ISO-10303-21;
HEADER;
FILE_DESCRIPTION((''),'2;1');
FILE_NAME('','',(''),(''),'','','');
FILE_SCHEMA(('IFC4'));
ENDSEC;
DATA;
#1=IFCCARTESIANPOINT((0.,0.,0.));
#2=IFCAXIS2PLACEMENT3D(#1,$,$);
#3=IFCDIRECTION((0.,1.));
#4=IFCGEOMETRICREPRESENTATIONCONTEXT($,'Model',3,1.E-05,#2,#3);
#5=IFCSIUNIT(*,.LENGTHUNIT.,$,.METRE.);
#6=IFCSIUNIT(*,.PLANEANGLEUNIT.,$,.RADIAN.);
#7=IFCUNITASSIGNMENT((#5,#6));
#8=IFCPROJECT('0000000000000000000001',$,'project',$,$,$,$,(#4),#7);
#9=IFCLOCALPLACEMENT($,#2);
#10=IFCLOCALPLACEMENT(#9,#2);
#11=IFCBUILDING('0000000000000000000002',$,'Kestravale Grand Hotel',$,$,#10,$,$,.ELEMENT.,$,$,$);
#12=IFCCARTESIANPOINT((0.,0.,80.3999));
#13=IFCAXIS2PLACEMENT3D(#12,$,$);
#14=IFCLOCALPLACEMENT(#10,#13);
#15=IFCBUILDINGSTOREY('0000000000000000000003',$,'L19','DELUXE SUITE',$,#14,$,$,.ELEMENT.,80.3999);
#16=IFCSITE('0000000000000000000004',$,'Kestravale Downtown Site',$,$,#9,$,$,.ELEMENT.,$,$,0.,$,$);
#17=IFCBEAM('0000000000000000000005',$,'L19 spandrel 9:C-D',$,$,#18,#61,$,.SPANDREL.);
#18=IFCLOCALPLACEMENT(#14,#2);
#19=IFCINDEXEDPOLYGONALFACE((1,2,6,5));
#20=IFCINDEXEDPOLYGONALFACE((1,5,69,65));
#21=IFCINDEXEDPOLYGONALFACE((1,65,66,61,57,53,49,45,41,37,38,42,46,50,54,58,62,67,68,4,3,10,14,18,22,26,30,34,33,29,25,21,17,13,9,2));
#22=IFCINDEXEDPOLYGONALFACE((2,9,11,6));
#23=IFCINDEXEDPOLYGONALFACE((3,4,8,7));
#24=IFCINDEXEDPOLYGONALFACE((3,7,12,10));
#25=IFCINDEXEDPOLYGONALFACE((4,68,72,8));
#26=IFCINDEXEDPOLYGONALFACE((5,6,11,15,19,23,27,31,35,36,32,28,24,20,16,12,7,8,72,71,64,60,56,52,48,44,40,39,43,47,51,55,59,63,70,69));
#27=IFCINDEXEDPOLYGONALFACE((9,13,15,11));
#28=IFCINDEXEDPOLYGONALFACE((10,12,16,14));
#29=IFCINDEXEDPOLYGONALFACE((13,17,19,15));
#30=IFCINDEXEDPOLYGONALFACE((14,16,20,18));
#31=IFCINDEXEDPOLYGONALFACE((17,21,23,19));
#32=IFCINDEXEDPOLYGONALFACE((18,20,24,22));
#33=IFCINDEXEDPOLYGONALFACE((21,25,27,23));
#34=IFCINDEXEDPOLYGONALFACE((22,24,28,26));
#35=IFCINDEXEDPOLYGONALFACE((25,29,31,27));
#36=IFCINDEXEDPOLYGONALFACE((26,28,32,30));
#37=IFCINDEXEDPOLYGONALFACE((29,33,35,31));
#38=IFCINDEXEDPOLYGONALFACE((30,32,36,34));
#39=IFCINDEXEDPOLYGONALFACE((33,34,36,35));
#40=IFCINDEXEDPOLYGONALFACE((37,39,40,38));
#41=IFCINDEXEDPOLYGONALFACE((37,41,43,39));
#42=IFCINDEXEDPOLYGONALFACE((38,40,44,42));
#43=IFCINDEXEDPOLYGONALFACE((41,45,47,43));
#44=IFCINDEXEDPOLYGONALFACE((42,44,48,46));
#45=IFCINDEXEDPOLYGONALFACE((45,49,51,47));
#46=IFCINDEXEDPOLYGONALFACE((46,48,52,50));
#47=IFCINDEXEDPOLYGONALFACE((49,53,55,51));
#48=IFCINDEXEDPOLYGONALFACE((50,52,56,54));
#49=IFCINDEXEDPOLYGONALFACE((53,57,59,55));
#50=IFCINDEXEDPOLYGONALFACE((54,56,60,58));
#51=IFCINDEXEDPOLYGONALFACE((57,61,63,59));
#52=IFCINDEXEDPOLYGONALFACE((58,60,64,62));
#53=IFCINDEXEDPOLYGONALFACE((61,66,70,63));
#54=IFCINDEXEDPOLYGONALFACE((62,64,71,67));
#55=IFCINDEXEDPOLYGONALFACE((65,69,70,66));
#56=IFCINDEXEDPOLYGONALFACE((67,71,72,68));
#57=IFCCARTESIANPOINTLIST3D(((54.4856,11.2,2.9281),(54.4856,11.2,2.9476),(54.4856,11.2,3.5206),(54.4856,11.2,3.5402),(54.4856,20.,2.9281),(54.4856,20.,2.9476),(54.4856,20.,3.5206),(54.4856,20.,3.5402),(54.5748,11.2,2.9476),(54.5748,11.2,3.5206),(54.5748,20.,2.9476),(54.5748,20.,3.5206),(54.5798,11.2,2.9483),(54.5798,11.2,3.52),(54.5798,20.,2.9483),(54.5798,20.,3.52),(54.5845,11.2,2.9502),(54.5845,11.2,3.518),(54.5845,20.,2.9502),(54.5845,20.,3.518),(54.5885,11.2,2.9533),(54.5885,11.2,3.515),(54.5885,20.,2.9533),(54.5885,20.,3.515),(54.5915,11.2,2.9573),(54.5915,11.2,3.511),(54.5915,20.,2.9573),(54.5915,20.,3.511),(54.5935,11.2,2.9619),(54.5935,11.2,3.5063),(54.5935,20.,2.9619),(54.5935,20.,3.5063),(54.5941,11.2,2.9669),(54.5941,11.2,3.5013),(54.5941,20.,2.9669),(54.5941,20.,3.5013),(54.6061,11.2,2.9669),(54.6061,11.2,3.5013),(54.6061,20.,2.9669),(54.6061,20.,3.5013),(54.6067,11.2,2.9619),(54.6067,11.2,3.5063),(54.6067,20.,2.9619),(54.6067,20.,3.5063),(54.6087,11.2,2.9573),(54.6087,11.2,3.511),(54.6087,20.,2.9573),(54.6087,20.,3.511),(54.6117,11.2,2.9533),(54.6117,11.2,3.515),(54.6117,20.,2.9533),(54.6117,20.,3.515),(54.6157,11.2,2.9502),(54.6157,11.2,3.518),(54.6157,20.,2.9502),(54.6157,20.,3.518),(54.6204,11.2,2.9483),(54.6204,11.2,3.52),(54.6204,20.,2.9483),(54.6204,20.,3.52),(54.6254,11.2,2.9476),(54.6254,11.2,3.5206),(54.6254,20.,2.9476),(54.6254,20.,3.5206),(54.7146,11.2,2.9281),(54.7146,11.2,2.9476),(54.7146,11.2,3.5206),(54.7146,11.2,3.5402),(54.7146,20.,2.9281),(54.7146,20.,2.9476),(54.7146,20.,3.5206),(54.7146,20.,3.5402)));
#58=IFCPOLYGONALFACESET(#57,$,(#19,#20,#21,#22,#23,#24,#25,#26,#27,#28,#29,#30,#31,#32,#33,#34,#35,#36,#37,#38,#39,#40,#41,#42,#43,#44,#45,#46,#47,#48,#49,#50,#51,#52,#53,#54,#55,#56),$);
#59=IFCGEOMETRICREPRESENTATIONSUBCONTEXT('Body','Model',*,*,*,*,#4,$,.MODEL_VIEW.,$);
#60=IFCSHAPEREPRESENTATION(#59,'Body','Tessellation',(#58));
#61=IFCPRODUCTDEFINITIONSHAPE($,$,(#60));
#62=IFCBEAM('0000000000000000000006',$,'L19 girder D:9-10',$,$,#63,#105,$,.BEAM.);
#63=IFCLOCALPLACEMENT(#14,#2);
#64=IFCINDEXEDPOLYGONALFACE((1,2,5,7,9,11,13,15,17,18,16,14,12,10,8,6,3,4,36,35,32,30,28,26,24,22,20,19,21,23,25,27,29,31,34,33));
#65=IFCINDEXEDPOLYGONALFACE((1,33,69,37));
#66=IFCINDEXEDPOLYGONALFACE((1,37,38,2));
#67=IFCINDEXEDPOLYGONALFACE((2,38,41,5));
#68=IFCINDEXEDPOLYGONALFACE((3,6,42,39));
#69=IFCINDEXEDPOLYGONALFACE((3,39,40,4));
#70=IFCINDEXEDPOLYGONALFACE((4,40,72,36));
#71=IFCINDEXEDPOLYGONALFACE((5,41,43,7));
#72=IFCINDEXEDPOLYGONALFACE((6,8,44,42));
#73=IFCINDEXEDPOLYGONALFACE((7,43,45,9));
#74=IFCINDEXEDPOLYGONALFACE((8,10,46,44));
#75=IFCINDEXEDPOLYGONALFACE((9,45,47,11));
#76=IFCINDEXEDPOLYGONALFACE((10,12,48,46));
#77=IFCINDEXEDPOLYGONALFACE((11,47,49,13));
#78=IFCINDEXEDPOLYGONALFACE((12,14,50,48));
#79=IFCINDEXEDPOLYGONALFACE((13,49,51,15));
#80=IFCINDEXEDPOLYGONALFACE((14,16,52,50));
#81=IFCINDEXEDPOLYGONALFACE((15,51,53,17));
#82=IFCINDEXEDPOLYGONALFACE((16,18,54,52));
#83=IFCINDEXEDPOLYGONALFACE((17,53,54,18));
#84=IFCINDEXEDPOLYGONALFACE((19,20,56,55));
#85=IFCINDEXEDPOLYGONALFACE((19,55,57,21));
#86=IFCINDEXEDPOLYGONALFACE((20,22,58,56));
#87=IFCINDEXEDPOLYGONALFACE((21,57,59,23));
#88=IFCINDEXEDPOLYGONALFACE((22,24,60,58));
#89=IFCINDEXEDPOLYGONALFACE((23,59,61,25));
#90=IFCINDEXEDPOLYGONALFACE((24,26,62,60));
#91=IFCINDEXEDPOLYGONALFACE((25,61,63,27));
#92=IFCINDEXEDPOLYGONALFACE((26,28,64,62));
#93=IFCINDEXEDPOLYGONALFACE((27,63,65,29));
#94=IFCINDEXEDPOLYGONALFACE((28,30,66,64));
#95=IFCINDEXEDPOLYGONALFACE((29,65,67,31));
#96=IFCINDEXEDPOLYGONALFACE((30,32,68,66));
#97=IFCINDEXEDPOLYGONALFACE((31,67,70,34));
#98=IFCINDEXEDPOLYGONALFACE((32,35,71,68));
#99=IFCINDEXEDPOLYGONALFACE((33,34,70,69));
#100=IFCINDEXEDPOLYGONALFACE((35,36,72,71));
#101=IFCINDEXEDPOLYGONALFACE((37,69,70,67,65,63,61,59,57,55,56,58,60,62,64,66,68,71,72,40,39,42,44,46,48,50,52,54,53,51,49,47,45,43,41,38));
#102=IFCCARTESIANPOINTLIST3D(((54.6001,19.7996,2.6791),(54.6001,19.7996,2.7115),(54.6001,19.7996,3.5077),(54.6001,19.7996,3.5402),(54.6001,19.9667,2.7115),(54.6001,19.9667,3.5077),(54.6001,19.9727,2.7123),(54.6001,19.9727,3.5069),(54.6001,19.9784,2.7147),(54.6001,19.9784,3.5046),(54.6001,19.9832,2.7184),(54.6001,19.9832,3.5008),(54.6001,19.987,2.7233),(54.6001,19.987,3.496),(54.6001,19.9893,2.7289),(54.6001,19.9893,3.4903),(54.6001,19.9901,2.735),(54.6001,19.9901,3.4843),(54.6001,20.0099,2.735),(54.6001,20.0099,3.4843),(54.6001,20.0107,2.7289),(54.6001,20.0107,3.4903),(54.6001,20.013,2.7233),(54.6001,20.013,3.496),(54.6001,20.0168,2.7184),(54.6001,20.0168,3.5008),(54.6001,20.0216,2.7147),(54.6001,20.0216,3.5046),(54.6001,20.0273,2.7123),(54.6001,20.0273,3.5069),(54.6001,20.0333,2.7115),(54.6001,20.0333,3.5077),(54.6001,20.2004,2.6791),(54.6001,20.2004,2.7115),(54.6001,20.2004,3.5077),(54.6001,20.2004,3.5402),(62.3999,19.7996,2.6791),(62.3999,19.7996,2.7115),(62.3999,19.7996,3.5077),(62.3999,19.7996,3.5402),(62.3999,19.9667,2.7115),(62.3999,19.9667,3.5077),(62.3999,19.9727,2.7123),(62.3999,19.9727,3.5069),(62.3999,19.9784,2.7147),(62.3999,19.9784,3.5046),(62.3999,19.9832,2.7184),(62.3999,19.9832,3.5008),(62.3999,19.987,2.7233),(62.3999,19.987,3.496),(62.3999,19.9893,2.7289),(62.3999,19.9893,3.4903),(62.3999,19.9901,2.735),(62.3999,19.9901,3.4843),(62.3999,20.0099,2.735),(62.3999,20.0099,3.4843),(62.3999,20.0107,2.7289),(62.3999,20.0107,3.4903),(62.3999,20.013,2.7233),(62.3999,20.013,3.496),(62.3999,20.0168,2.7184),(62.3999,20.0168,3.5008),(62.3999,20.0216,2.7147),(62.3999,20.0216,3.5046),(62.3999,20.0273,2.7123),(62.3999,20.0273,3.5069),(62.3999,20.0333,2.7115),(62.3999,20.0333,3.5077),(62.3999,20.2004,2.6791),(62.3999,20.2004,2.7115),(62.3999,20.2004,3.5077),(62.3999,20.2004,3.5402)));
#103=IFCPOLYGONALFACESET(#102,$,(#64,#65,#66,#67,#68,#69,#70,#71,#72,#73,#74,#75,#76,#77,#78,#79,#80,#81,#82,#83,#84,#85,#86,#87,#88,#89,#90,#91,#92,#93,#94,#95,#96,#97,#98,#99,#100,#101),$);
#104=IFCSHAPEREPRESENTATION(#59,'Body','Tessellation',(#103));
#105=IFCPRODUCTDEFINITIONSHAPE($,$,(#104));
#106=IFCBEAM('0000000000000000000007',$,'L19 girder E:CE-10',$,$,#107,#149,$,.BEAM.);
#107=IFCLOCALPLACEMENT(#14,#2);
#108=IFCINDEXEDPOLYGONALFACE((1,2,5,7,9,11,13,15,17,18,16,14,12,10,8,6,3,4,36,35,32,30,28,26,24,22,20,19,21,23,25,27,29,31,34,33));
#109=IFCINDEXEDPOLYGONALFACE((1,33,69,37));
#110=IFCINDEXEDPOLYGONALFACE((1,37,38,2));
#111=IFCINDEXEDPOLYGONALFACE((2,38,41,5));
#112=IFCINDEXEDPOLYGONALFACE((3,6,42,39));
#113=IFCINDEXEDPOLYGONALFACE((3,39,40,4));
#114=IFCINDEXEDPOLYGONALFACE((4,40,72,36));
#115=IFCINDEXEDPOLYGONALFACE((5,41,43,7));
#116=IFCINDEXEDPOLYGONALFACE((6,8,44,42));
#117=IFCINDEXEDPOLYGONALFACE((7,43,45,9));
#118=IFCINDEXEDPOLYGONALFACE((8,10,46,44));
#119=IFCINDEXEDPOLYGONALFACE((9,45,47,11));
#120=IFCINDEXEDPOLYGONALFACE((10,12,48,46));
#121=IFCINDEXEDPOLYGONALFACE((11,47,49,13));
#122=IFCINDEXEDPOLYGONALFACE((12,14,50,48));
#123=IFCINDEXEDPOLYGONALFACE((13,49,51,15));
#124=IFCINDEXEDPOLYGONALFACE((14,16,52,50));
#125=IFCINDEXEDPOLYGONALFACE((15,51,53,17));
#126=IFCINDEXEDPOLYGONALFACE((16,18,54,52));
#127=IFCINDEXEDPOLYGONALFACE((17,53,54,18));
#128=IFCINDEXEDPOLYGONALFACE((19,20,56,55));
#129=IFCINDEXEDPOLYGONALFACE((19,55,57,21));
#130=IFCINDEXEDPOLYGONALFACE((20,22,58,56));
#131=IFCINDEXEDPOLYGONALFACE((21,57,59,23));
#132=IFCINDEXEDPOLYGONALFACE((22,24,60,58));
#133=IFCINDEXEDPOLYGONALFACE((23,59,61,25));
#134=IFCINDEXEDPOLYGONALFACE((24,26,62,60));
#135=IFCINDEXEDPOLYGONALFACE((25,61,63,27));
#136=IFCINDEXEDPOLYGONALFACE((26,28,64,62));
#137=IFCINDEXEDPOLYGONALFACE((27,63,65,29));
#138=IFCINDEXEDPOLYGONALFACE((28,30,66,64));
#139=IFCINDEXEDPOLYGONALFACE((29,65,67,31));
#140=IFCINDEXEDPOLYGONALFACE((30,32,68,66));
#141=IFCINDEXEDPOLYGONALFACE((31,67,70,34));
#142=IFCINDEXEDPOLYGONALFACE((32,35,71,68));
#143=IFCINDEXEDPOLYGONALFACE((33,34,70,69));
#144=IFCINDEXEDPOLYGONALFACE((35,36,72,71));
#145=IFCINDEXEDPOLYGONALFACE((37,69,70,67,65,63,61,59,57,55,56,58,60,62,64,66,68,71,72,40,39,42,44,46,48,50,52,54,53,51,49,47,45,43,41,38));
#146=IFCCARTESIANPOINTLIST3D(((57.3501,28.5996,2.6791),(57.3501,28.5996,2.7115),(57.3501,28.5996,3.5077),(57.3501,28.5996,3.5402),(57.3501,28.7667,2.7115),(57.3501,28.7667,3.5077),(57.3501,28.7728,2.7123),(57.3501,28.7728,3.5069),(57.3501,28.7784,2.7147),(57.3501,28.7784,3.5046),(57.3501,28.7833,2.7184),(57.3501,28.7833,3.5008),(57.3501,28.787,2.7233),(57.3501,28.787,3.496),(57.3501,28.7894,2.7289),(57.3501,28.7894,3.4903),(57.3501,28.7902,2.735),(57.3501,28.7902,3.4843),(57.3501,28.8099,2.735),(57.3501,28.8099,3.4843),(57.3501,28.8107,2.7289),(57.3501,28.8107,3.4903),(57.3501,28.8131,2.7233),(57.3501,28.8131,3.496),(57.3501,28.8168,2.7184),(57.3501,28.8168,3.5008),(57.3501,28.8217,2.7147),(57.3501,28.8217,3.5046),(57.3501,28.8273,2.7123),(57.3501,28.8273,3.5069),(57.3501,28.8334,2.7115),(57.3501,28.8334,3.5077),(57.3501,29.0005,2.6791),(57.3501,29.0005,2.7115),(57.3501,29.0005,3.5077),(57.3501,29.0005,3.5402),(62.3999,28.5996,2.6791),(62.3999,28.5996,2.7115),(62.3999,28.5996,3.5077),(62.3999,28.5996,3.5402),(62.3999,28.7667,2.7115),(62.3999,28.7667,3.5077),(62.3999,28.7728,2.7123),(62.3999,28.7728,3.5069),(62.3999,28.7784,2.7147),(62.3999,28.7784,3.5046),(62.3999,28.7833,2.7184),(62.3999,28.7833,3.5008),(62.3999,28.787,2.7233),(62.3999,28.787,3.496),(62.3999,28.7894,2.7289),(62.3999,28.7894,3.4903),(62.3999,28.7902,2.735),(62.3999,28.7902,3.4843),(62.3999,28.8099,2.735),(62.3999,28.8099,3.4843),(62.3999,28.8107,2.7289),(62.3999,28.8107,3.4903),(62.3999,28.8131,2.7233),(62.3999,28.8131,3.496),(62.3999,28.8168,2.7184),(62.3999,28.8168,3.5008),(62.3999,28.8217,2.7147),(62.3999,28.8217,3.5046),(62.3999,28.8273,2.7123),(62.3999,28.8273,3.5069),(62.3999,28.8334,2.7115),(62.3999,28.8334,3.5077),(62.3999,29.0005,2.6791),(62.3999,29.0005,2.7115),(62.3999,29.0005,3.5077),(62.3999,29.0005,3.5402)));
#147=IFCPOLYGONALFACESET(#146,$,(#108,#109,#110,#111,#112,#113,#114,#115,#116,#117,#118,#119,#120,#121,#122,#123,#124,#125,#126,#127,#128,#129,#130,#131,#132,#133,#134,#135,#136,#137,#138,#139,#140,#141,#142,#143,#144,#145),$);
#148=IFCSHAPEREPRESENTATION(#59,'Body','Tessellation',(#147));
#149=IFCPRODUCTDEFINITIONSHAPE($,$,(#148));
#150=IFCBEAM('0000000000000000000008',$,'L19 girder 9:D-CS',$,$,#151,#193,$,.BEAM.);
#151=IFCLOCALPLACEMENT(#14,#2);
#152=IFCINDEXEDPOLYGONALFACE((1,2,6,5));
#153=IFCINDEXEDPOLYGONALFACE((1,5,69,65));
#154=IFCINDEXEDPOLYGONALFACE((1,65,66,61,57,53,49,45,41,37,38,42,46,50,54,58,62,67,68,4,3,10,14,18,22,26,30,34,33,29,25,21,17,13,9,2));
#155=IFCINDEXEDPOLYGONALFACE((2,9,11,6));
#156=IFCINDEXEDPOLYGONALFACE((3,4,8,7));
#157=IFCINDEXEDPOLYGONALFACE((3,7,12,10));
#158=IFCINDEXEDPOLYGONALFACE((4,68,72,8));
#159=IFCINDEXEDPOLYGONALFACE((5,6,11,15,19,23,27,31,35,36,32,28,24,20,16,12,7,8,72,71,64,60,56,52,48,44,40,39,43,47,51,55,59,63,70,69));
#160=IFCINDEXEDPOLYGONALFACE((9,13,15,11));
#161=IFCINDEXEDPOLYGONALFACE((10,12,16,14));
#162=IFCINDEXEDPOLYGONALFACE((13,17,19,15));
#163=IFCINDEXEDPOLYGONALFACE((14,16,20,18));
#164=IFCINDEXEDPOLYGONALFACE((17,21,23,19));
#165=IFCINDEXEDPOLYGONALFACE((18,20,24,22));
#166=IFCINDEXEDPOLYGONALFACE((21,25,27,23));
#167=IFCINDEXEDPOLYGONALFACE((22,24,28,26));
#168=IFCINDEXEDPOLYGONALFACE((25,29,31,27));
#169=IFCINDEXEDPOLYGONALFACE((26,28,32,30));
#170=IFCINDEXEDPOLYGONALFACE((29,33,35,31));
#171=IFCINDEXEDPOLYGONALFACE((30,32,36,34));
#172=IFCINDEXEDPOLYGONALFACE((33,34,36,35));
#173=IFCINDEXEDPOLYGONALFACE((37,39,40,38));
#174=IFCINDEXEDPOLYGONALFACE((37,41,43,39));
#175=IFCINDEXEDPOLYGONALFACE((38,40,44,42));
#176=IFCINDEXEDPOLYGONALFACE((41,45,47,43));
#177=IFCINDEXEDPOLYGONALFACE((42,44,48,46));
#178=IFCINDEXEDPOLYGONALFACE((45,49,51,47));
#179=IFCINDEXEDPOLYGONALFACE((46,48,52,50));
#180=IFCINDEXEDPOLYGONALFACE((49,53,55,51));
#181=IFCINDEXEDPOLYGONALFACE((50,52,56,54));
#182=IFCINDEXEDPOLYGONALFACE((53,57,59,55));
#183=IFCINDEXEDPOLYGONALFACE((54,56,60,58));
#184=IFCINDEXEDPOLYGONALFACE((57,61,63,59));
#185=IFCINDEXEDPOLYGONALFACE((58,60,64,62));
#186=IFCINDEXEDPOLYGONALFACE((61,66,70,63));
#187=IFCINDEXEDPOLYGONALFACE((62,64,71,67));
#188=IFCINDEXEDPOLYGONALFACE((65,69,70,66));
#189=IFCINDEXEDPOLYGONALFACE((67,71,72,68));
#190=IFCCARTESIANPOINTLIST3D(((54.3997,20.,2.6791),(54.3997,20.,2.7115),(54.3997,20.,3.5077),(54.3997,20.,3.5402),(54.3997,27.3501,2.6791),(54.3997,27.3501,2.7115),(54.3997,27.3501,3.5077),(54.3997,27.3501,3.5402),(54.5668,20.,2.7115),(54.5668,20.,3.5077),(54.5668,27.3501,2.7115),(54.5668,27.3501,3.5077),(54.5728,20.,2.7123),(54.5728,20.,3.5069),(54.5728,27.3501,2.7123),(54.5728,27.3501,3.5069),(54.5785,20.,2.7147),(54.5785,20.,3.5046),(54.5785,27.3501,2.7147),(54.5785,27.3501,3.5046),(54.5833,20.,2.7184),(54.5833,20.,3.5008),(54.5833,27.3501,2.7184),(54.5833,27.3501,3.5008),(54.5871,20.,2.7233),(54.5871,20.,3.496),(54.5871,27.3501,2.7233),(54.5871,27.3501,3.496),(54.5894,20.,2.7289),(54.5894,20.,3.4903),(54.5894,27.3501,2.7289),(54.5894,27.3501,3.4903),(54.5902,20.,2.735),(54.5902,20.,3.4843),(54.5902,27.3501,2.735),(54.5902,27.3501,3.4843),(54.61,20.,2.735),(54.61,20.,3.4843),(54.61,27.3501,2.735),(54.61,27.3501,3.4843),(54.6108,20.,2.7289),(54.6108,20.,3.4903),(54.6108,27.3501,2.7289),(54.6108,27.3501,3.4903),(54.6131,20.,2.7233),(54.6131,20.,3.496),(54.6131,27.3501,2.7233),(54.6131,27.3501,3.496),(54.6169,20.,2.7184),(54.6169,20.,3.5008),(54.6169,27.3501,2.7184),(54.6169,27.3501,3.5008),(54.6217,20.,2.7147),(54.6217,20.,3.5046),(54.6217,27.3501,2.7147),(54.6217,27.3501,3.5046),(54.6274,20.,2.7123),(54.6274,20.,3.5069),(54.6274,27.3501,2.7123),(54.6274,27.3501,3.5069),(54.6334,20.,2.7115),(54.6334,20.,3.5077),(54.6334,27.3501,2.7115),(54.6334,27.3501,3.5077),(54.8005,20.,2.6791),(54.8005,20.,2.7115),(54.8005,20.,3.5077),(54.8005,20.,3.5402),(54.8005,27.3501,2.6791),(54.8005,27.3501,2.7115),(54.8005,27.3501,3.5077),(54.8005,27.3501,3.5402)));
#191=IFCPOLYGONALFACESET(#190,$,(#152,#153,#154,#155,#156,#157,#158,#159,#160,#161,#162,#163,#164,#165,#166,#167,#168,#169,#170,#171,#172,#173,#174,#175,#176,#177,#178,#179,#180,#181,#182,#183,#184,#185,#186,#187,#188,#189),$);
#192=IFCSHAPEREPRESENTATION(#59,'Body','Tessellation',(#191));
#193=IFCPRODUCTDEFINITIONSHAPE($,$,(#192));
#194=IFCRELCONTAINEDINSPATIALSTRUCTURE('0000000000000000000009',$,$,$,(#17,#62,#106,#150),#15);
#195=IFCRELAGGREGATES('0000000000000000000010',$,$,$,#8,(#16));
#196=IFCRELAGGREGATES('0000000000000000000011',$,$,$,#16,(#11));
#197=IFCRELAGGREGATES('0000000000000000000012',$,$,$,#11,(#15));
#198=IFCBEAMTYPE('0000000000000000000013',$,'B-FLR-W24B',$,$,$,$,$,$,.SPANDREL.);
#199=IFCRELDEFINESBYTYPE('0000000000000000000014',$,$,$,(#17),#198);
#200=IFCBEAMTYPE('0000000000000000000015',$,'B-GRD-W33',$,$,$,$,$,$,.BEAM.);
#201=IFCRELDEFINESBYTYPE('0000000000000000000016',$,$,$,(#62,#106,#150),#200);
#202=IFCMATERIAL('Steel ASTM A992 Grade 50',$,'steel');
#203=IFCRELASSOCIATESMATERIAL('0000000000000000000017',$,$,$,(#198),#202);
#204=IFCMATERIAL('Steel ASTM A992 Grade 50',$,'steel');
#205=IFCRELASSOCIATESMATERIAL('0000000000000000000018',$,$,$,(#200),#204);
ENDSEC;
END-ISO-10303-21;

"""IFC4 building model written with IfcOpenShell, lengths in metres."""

from ifc_helpers import new_model, si_unit, direction, frame, origin, origin_2d, place, context, subcontext, project, spatial, i_section, extrude, material, material_profile, profile_set, type_object, element, save


model = new_model("IFC4")

# Units and contexts
model_context = context("Model", 3, precision=1e-05, world=origin(), true_north=direction((0.0, 1.0)))
body_context = subcontext(model_context, "Body", "Model", "MODEL_VIEW")
ifc_project = project(units=[si_unit("LENGTHUNIT", "METRE"), si_unit("PLANEANGLEUNIT", "RADIAN")], contexts=[model_context])

# Site, building, storey
site_placement = place(None, origin())
site = spatial("IfcSite", under=ifc_project, at=site_placement, Name="Kestravale Downtown Site", CompositionType="ELEMENT", RefElevation=0.0)
building_placement = place(site_placement, origin())
building = spatial("IfcBuilding", under=site, at=building_placement, Name="Kestravale Grand Hotel", CompositionType="ELEMENT")
storey_placement = place(building_placement, frame((0.0, 0.0, 80.3999)))
storey = spatial("IfcBuildingStorey", under=building, at=storey_placement, Name="L19", Description="DELUXE SUITE", CompositionType="ELEMENT", Elevation=80.3999)

# Beams
ifc_material_1 = material(Name="Steel ASTM A992 Grade 50", Category="steel")
ifc_material_profile_1 = material_profile(ifc_material_1, i_section(OverallWidth=0.229, OverallDepth=0.6121, WebThickness=0.012, FlangeThickness=0.0195, FilletRadius=0.0193, at=origin_2d()))
ifc_profile_set_1 = profile_set([ifc_material_profile_1], Name="Steel ASTM A992 Grade 50")
beam_type_1 = type_object("IfcBeamType", Name="B-FLR-W24B", PredefinedType="SPANDREL", material=ifc_profile_set_1)
beam_1_placement = place(storey_placement, frame((54.6001, 11.2, 3.2341), z_axis=(0.0, 1.0, 0.0), x_axis=(-1.0, 0.0, 0.0)))
element("IfcBeam", 1, at=beam_1_placement, inside=storey, type_object=beam_type_1, Name="L19 spandrel 9:C-D", PredefinedType="SPANDREL", context=body_context, shape_type="SweptSolid", body=[
    extrude(i_section(OverallWidth=0.229, OverallDepth=0.6121, WebThickness=0.012, FlangeThickness=0.0195, FilletRadius=0.0193, at=origin_2d()), origin(), (0.0, 0.0, 1.0), 8.8),
])
ifc_material_2 = material(Name="Steel ASTM A992 Grade 50", Category="steel")
ifc_material_profile_2 = material_profile(ifc_material_2, i_section(OverallWidth=0.4009, OverallDepth=0.8611, WebThickness=0.0198, FlangeThickness=0.0325, FilletRadius=0.0234, at=origin_2d()))
ifc_profile_set_2 = profile_set([ifc_material_profile_2], Name="Steel ASTM A992 Grade 50")
beam_type_2 = type_object("IfcBeamType", Name="B-GRD-W33", PredefinedType="BEAM", material=ifc_profile_set_2)
beam_2_placement = place(storey_placement, frame((54.6001, 20.0, 3.1096), z_axis=(1.0, 0.0, 0.0), x_axis=(0.0, 1.0, 0.0)))
element("IfcBeam", 2, at=beam_2_placement, inside=storey, type_object=beam_type_2, Name="L19 girder D:9-10", PredefinedType="BEAM", context=body_context, shape_type="SweptSolid", body=[
    extrude(i_section(OverallWidth=0.4009, OverallDepth=0.8611, WebThickness=0.0198, FlangeThickness=0.0325, FilletRadius=0.0234, at=origin_2d()), origin(), (0.0, 0.0, 1.0), 7.7998),
])
beam_3_placement = place(storey_placement, frame((57.3501, 28.8, 3.1096), z_axis=(1.0, 0.0, 0.0), x_axis=(0.0, 1.0, 0.0)))
element("IfcBeam", 3, at=beam_3_placement, inside=storey, type_object=beam_type_2, Name="L19 girder E:CE-10", PredefinedType="BEAM", context=body_context, shape_type="SweptSolid", body=[
    extrude(i_section(OverallWidth=0.4009, OverallDepth=0.8611, WebThickness=0.0198, FlangeThickness=0.0325, FilletRadius=0.0234, at=origin_2d()), origin(), (0.0, 0.0, 1.0), 5.0498),
])
beam_4_placement = place(storey_placement, frame((54.6001, 20.0, 3.1096), z_axis=(0.0, 1.0, 0.0), x_axis=(-1.0, 0.0, 0.0)))
element("IfcBeam", 4, at=beam_4_placement, inside=storey, type_object=beam_type_2, Name="L19 girder 9:D-CS", PredefinedType="BEAM", context=body_context, shape_type="SweptSolid", body=[
    extrude(i_section(OverallWidth=0.4009, OverallDepth=0.8611, WebThickness=0.0198, FlangeThickness=0.0325, FilletRadius=0.0234, at=origin_2d()), origin(), (0.0, 0.0, 1.0), 7.3501),
])

save(model, "model.ifc")
